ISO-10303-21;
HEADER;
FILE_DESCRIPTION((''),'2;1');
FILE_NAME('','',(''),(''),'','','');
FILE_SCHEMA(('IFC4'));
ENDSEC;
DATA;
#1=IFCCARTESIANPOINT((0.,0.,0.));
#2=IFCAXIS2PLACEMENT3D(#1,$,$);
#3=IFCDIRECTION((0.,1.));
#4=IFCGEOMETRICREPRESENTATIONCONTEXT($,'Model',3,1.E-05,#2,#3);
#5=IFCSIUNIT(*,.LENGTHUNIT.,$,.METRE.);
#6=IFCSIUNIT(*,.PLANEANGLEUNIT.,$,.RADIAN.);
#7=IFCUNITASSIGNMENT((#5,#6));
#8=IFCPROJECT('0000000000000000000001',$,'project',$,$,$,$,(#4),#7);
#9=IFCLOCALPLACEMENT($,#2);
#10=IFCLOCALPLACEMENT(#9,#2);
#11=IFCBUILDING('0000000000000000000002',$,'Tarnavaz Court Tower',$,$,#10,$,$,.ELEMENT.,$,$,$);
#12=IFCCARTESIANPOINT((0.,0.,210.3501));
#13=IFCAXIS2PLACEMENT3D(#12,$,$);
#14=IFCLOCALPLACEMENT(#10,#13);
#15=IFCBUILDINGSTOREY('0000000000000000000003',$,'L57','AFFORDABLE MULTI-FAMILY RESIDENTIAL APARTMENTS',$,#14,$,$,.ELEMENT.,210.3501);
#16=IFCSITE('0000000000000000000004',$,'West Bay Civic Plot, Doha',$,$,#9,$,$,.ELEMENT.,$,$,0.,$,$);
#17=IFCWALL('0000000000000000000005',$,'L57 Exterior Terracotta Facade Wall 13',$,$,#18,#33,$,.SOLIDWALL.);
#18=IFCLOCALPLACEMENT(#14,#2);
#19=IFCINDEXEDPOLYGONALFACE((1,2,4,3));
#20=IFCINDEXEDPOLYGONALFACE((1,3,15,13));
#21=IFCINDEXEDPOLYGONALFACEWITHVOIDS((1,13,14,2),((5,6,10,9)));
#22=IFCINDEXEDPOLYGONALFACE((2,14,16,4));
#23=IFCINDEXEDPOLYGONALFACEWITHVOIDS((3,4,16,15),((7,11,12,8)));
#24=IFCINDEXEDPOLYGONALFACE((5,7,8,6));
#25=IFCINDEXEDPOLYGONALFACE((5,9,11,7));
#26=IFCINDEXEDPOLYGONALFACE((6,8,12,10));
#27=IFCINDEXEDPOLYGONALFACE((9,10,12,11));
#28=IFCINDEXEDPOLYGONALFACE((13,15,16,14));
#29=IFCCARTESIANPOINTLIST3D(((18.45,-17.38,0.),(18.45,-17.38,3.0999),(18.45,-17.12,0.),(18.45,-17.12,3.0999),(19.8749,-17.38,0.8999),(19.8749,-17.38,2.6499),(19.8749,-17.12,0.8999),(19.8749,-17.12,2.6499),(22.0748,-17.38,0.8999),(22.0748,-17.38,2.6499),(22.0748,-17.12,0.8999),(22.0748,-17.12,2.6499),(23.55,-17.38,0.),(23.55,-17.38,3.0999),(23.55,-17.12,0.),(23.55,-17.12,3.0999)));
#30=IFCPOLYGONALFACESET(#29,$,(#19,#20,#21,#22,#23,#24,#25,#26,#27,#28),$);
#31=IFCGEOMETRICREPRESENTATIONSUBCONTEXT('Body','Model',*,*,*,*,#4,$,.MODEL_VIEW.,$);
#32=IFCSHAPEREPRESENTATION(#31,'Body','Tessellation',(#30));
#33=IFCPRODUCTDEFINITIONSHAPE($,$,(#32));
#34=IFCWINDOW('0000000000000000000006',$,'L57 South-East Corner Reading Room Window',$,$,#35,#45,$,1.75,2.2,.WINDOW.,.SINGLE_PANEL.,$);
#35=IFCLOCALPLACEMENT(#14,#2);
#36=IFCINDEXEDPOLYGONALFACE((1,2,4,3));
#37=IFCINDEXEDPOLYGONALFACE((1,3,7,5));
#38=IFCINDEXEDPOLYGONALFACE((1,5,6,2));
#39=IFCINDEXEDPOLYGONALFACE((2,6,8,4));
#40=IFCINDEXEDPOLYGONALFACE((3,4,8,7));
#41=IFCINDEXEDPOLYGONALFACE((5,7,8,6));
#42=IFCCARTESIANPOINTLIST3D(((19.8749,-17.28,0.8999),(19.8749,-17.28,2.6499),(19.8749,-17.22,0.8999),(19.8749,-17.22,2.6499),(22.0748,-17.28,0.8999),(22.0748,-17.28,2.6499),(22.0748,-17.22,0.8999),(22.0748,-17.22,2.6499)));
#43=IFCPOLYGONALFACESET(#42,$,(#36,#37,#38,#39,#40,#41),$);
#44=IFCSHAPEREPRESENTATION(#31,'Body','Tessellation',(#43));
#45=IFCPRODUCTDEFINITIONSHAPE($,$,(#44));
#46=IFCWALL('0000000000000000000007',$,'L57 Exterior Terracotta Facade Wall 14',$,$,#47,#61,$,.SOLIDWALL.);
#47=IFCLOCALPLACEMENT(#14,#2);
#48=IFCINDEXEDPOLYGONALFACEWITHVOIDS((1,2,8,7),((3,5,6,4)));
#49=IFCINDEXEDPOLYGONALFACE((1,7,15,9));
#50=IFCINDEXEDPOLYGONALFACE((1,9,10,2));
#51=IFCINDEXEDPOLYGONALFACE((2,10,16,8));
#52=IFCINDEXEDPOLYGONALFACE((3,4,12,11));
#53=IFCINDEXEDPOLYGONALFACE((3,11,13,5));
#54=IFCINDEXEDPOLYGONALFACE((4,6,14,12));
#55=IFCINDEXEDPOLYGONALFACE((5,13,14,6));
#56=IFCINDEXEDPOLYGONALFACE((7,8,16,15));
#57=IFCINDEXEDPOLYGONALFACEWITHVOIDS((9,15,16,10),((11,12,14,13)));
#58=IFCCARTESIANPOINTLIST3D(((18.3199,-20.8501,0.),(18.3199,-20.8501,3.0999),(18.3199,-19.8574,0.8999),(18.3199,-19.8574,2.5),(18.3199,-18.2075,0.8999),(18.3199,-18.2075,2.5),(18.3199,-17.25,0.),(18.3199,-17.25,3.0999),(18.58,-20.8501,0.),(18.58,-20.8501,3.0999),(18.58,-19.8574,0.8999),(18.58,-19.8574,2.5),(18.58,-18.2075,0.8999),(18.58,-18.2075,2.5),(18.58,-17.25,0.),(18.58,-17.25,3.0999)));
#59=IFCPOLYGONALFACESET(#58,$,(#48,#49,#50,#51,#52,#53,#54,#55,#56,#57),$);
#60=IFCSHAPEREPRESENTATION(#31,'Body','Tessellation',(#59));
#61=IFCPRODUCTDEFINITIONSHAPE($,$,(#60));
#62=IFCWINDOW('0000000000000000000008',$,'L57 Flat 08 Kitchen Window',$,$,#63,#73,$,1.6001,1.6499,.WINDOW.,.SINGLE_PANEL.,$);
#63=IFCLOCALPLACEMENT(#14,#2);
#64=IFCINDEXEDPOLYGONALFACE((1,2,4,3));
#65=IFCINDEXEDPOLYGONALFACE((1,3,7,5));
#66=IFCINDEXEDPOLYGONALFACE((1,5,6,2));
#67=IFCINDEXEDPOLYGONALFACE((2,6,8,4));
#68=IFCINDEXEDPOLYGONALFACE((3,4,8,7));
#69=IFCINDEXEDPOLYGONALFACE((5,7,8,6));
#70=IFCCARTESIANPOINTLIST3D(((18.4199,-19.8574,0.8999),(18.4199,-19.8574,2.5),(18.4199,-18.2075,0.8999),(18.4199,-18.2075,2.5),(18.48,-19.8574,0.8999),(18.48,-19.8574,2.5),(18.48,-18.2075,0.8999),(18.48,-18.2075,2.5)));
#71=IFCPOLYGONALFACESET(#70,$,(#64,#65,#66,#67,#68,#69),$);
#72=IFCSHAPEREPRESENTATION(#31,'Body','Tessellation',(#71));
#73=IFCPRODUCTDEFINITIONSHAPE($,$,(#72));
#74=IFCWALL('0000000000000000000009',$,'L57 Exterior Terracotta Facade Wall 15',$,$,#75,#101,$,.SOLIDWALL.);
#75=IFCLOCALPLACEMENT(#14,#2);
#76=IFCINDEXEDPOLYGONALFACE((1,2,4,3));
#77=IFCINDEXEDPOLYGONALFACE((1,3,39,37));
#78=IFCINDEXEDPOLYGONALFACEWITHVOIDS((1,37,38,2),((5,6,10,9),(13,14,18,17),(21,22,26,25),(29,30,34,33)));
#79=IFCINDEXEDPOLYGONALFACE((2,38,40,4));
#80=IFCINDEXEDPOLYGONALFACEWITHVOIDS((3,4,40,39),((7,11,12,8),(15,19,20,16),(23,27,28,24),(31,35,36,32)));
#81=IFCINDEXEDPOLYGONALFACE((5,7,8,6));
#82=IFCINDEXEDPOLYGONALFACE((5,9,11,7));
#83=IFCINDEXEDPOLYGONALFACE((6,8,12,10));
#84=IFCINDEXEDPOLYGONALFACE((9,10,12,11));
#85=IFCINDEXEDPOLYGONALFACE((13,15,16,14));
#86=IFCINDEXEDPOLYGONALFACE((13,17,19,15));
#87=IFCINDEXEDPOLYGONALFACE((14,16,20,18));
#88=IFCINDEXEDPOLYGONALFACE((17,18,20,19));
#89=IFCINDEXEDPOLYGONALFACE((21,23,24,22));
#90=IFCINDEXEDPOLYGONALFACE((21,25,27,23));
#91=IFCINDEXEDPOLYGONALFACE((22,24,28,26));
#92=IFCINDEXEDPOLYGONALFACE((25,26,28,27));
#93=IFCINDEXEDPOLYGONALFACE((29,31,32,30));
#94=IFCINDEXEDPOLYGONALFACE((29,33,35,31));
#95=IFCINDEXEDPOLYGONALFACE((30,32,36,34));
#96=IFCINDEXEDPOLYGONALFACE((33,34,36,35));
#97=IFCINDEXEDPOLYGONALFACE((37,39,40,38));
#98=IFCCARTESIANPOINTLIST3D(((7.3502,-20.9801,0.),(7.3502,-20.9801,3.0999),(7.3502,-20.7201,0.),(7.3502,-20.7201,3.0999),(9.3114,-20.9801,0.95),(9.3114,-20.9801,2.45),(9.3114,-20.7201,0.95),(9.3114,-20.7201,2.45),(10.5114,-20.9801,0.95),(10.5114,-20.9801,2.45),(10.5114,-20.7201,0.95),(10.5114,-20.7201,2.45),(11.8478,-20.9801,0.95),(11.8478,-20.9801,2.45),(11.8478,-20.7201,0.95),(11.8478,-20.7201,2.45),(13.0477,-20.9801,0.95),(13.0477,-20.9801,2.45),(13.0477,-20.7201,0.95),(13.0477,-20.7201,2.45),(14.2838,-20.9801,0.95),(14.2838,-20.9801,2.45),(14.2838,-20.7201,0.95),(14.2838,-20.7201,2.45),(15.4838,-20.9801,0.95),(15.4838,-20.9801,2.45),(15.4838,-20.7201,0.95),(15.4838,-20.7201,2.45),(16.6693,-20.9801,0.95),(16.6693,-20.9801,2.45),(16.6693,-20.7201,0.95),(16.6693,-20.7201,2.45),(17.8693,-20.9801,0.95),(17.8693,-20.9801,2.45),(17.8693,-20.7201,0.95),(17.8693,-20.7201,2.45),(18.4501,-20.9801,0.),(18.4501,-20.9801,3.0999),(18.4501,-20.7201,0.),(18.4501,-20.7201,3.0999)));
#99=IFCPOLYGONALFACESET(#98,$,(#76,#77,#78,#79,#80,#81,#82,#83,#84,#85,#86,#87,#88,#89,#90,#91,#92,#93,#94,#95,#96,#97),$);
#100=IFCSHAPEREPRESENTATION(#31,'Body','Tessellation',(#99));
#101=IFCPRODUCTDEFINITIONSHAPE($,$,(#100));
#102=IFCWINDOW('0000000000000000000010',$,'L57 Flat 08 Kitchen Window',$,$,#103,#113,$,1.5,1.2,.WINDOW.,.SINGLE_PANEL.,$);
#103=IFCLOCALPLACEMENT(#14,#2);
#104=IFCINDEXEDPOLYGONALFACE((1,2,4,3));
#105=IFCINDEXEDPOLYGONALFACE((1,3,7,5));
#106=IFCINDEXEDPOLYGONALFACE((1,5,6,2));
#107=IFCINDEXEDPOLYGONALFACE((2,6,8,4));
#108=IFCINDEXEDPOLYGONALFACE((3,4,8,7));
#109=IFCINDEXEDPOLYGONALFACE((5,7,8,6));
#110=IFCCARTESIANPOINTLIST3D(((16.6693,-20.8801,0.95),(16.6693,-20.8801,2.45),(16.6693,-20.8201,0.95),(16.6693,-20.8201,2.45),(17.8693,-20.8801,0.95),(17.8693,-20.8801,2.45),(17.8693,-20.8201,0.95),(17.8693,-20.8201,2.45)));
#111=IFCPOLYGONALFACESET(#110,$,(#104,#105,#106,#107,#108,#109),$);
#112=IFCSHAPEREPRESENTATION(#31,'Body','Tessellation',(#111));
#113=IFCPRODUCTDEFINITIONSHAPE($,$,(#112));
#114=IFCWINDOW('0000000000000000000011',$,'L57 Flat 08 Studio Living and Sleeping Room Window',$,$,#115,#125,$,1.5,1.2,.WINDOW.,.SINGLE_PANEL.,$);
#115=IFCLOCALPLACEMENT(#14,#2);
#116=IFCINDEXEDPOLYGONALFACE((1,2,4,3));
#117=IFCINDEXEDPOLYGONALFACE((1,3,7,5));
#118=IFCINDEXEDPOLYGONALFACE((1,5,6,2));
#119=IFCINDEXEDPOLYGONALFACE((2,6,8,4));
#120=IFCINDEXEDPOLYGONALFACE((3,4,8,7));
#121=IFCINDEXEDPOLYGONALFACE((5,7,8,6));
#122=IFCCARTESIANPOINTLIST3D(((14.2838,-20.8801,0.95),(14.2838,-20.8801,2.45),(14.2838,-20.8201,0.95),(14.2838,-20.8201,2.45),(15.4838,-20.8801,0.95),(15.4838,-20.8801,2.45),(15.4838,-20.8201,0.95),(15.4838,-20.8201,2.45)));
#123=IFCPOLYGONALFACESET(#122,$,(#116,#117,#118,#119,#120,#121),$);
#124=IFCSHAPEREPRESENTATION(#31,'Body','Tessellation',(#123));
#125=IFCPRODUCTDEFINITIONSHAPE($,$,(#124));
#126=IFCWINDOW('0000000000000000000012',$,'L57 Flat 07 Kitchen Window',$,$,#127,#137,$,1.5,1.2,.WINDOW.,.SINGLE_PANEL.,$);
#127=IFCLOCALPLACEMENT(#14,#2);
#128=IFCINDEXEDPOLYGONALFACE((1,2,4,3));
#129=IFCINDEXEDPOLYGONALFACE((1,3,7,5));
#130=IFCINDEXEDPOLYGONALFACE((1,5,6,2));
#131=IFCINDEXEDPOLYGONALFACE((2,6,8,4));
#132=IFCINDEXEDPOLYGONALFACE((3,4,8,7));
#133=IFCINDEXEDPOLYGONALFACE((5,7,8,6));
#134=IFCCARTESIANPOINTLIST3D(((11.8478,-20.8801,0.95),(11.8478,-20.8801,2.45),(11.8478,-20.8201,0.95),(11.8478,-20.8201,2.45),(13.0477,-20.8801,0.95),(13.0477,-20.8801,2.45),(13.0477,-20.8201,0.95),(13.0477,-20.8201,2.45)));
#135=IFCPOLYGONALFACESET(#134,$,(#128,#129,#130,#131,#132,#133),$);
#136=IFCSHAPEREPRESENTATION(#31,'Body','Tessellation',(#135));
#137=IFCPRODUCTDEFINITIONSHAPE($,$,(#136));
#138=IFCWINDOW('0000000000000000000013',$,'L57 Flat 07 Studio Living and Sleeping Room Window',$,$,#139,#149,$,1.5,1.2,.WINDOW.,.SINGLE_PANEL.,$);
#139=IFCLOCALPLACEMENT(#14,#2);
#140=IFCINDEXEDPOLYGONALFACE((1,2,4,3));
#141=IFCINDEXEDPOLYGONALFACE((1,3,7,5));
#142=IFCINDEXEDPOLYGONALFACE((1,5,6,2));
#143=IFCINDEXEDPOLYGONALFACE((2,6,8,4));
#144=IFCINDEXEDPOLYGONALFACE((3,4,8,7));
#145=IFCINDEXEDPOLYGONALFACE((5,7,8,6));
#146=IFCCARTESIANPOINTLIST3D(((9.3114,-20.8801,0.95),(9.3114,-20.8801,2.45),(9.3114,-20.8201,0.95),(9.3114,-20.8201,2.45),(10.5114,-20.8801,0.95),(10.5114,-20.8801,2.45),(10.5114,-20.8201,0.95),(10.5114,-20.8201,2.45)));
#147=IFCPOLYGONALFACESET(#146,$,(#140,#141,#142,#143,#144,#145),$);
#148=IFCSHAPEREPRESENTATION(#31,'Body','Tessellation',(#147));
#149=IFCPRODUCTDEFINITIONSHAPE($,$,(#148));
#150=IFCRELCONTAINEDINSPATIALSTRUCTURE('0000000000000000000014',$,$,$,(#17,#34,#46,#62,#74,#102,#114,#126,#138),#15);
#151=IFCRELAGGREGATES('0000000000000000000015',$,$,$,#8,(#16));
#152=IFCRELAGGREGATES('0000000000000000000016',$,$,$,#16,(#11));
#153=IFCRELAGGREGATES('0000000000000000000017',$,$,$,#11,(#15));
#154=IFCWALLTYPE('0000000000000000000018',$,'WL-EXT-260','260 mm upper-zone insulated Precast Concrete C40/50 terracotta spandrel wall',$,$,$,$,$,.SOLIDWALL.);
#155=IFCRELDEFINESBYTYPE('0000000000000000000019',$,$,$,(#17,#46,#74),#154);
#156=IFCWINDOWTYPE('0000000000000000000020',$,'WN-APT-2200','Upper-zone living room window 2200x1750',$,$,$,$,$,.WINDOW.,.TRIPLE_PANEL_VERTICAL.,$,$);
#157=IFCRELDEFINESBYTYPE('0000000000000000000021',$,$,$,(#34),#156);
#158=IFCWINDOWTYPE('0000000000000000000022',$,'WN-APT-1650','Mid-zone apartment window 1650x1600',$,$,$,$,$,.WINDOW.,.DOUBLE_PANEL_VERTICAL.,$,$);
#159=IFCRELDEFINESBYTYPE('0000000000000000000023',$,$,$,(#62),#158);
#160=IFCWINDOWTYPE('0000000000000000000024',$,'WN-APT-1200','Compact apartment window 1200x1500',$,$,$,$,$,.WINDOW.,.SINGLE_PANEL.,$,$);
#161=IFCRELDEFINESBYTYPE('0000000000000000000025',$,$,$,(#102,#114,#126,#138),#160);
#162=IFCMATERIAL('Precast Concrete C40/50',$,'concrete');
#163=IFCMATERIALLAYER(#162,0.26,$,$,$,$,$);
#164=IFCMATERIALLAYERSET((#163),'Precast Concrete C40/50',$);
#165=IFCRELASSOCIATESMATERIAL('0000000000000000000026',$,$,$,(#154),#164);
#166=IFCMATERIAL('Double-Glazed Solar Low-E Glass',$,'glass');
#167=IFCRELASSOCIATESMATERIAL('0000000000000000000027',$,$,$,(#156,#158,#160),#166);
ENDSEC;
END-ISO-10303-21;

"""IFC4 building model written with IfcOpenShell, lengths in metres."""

from ifc_helpers import new_model, si_unit, direction, frame, frame_2d, origin, place, context, subcontext, project, spatial, rectangle, extrude, material, layer, layer_set, type_object, element, fill, save


model = new_model("IFC4")

# Units and contexts
model_context = context("Model", 3, precision=1e-05, world=origin(), true_north=direction((0.0, 1.0)))
body_context = subcontext(model_context, "Body", "Model", "MODEL_VIEW")
ifc_project = project(units=[si_unit("LENGTHUNIT", "METRE"), si_unit("PLANEANGLEUNIT", "RADIAN")], contexts=[model_context])

# Site, building, storey
site_placement = place(None, origin())
site = spatial("IfcSite", under=ifc_project, at=site_placement, Name="West Bay Civic Plot, Doha", CompositionType="ELEMENT", RefElevation=0.0)
building_placement = place(site_placement, origin())
building = spatial("IfcBuilding", under=site, at=building_placement, Name="Tarnavaz Court Tower", CompositionType="ELEMENT")
storey_placement = place(building_placement, frame((0.0, 0.0, 210.3501)))
storey = spatial("IfcBuildingStorey", under=building, at=storey_placement, Name="L57", Description="AFFORDABLE MULTI-FAMILY RESIDENTIAL APARTMENTS", CompositionType="ELEMENT", Elevation=210.3501)

# Walls, openings, windows
ifc_material_1 = material(Name="Precast Concrete C40/50", Category="concrete")
ifc_layer_1 = layer(ifc_material_1, 0.26)
ifc_layer_set_1 = layer_set([ifc_layer_1], Name="Precast Concrete C40/50")
wall_type_1 = type_object("IfcWallType", Name="WL-EXT-260", Description="260 mm upper-zone insulated Precast Concrete C40/50 terracotta spandrel wall", PredefinedType="SOLIDWALL", material=ifc_layer_set_1)
wall_1_placement = place(storey_placement, frame((23.55, -17.25, 0.0), z_axis=(0.0, 0.0, 1.0), x_axis=(-1.0, 0.0, 0.0)))
wall_1 = element("IfcWall", 1, at=wall_1_placement, inside=storey, type_object=wall_type_1, Name="L57 Exterior Terracotta Facade Wall 13", PredefinedType="SOLIDWALL", context=body_context, shape_type="SweptSolid", body=[
    extrude(rectangle(XDim=5.1001, YDim=0.26, at=frame_2d((2.55, 0.0))), origin(), (0.0, 0.0, 1.0), 3.0999),
])
opening_1_placement = place(wall_1_placement, frame((1.4751, 0.0, 0.8999)))
opening_1 = element("IfcOpeningElement", 2, at=opening_1_placement, cuts=wall_1, PredefinedType="OPENING", context=body_context, shape_type="SweptSolid", body=[
    extrude(rectangle(XDim=2.2, YDim=1.75, at=frame_2d((1.1001, 0.875))), frame((0.0, 0.1399, 0.0), z_axis=(0.0, -1.0, 0.0), x_axis=(1.0, 0.0, 0.0)), (0.0, 0.0, 1.0), 0.28),
])
ifc_material_2 = material(Name="Double-Glazed Solar Low-E Glass", Category="glass")
window_type_1 = type_object("IfcWindowType", Name="WN-APT-2200", Description="Upper-zone living room window 2200x1750", PartitioningType="TRIPLE_PANEL_VERTICAL", PredefinedType="WINDOW", material=ifc_material_2)
window_1_placement = place(opening_1_placement, origin())
window_1 = element("IfcWindow", 3, at=window_1_placement, inside=storey, type_object=window_type_1, Name="L57 South-East Corner Reading Room Window", OverallHeight=1.75, OverallWidth=2.2, PartitioningType="SINGLE_PANEL", PredefinedType="WINDOW", context=body_context, shape_type="SweptSolid", body=[
    extrude(rectangle(XDim=2.2, YDim=1.75, at=frame_2d((1.1001, 0.875))), frame((0.0, 0.03, 0.0), z_axis=(0.0, -1.0, 0.0), x_axis=(1.0, 0.0, 0.0)), (0.0, 0.0, 1.0), 0.0601),
])
fill(opening_1, window_1)
wall_2_placement = place(storey_placement, frame((18.45, -17.25, 0.0), z_axis=(0.0, 0.0, 1.0), x_axis=(0.0, -1.0, 0.0)))
wall_2 = element("IfcWall", 4, at=wall_2_placement, inside=storey, type_object=wall_type_1, Name="L57 Exterior Terracotta Facade Wall 14", PredefinedType="SOLIDWALL", context=body_context, shape_type="SweptSolid", body=[
    extrude(rectangle(XDim=3.6001, YDim=0.26, at=frame_2d((1.8, 0.0))), origin(), (0.0, 0.0, 1.0), 3.0999),
])
opening_2_placement = place(wall_2_placement, frame((0.9575, 0.0, 0.8999)))
opening_2 = element("IfcOpeningElement", 5, at=opening_2_placement, cuts=wall_2, PredefinedType="OPENING", context=body_context, shape_type="SweptSolid", body=[
    extrude(rectangle(XDim=1.6499, YDim=1.6001, at=frame_2d((0.825, 0.8))), frame((0.0, 0.1399, 0.0), z_axis=(0.0, -1.0, 0.0), x_axis=(1.0, 0.0, 0.0)), (0.0, 0.0, 1.0), 0.28),
])
window_type_2 = type_object("IfcWindowType", Name="WN-APT-1650", Description="Mid-zone apartment window 1650x1600", PartitioningType="DOUBLE_PANEL_VERTICAL", PredefinedType="WINDOW", material=ifc_material_2)
window_2_placement = place(opening_2_placement, origin())
window_2 = element("IfcWindow", 6, at=window_2_placement, inside=storey, type_object=window_type_2, Name="L57 Flat 08 Kitchen Window", OverallHeight=1.6001, OverallWidth=1.6499, PartitioningType="SINGLE_PANEL", PredefinedType="WINDOW", context=body_context, shape_type="SweptSolid", body=[
    extrude(rectangle(XDim=1.6499, YDim=1.6001, at=frame_2d((0.825, 0.8))), frame((0.0, 0.03, 0.0), z_axis=(0.0, -1.0, 0.0), x_axis=(1.0, 0.0, 0.0)), (0.0, 0.0, 1.0), 0.0601),
])
fill(opening_2, window_2)

# Wall, openings, windows
wall_3_placement = place(storey_placement, frame((18.45, -20.8501, 0.0), z_axis=(0.0, 0.0, 1.0), x_axis=(-1.0, 0.0, 0.0)))
wall_3 = element("IfcWall", 7, at=wall_3_placement, inside=storey, type_object=wall_type_1, Name="L57 Exterior Terracotta Facade Wall 15", PredefinedType="SOLIDWALL", context=body_context, shape_type="SweptSolid", body=[
    extrude(rectangle(XDim=11.0999, YDim=0.26, at=frame_2d((5.5498, 0.0))), origin(), (0.0, 0.0, 1.0), 3.0999),
])
opening_3_placement = place(wall_3_placement, frame((0.5806, 0.0, 0.95)))
opening_3 = element("IfcOpeningElement", 8, at=opening_3_placement, cuts=wall_3, PredefinedType="OPENING", context=body_context, shape_type="SweptSolid", body=[
    extrude(rectangle(XDim=1.2, YDim=1.5, at=frame_2d((0.6001, 0.75))), frame((0.0, 0.1399, 0.0), z_axis=(0.0, -1.0, 0.0), x_axis=(1.0, 0.0, 0.0)), (0.0, 0.0, 1.0), 0.28),
])
opening_4_placement = place(wall_3_placement, frame((2.9661, 0.0, 0.95)))
opening_4 = element("IfcOpeningElement", 9, at=opening_4_placement, cuts=wall_3, PredefinedType="OPENING", context=body_context, shape_type="SweptSolid", body=[
    extrude(rectangle(XDim=1.2, YDim=1.5, at=frame_2d((0.6001, 0.75))), frame((0.0, 0.1399, 0.0), z_axis=(0.0, -1.0, 0.0), x_axis=(1.0, 0.0, 0.0)), (0.0, 0.0, 1.0), 0.28),
])
opening_5_placement = place(wall_3_placement, frame((5.4021, 0.0, 0.95)))
opening_5 = element("IfcOpeningElement", 10, at=opening_5_placement, cuts=wall_3, PredefinedType="OPENING", context=body_context, shape_type="SweptSolid", body=[
    extrude(rectangle(XDim=1.2, YDim=1.5, at=frame_2d((0.6001, 0.75))), frame((0.0, 0.1399, 0.0), z_axis=(0.0, -1.0, 0.0), x_axis=(1.0, 0.0, 0.0)), (0.0, 0.0, 1.0), 0.28),
])
opening_6_placement = place(wall_3_placement, frame((7.9385, 0.0, 0.95)))
opening_6 = element("IfcOpeningElement", 11, at=opening_6_placement, cuts=wall_3, PredefinedType="OPENING", context=body_context, shape_type="SweptSolid", body=[
    extrude(rectangle(XDim=1.2, YDim=1.5, at=frame_2d((0.6001, 0.75))), frame((0.0, 0.1399, 0.0), z_axis=(0.0, -1.0, 0.0), x_axis=(1.0, 0.0, 0.0)), (0.0, 0.0, 1.0), 0.28),
])
window_type_3 = type_object("IfcWindowType", Name="WN-APT-1200", Description="Compact apartment window 1200x1500", PartitioningType="SINGLE_PANEL", PredefinedType="WINDOW", material=ifc_material_2)
window_3_placement = place(opening_3_placement, origin())
window_3 = element("IfcWindow", 12, at=window_3_placement, inside=storey, type_object=window_type_3, Name="L57 Flat 08 Kitchen Window", OverallHeight=1.5, OverallWidth=1.2, PartitioningType="SINGLE_PANEL", PredefinedType="WINDOW", context=body_context, shape_type="SweptSolid", body=[
    extrude(rectangle(XDim=1.2, YDim=1.5, at=frame_2d((0.6001, 0.75))), frame((0.0, 0.03, 0.0), z_axis=(0.0, -1.0, 0.0), x_axis=(1.0, 0.0, 0.0)), (0.0, 0.0, 1.0), 0.0601),
])
fill(opening_3, window_3)
window_4_placement = place(opening_4_placement, origin())
window_4 = element("IfcWindow", 13, at=window_4_placement, inside=storey, type_object=window_type_3, Name="L57 Flat 08 Studio Living and Sleeping Room Window", OverallHeight=1.5, OverallWidth=1.2, PartitioningType="SINGLE_PANEL", PredefinedType="WINDOW", context=body_context, shape_type="SweptSolid", body=[
    extrude(rectangle(XDim=1.2, YDim=1.5, at=frame_2d((0.6001, 0.75))), frame((0.0, 0.03, 0.0), z_axis=(0.0, -1.0, 0.0), x_axis=(1.0, 0.0, 0.0)), (0.0, 0.0, 1.0), 0.0601),
])
fill(opening_4, window_4)
window_5_placement = place(opening_5_placement, origin())
window_5 = element("IfcWindow", 14, at=window_5_placement, inside=storey, type_object=window_type_3, Name="L57 Flat 07 Kitchen Window", OverallHeight=1.5, OverallWidth=1.2, PartitioningType="SINGLE_PANEL", PredefinedType="WINDOW", context=body_context, shape_type="SweptSolid", body=[
    extrude(rectangle(XDim=1.2, YDim=1.5, at=frame_2d((0.6001, 0.75))), frame((0.0, 0.03, 0.0), z_axis=(0.0, -1.0, 0.0), x_axis=(1.0, 0.0, 0.0)), (0.0, 0.0, 1.0), 0.0601),
])
fill(opening_5, window_5)
window_6_placement = place(opening_6_placement, origin())
window_6 = element("IfcWindow", 15, at=window_6_placement, inside=storey, type_object=window_type_3, Name="L57 Flat 07 Studio Living and Sleeping Room Window", OverallHeight=1.5, OverallWidth=1.2, PartitioningType="SINGLE_PANEL", PredefinedType="WINDOW", context=body_context, shape_type="SweptSolid", body=[
    extrude(rectangle(XDim=1.2, YDim=1.5, at=frame_2d((0.6001, 0.75))), frame((0.0, 0.03, 0.0), z_axis=(0.0, -1.0, 0.0), x_axis=(1.0, 0.0, 0.0)), (0.0, 0.0, 1.0), 0.0601),
])
fill(opening_6, window_6)

save(model, "model.ifc")
